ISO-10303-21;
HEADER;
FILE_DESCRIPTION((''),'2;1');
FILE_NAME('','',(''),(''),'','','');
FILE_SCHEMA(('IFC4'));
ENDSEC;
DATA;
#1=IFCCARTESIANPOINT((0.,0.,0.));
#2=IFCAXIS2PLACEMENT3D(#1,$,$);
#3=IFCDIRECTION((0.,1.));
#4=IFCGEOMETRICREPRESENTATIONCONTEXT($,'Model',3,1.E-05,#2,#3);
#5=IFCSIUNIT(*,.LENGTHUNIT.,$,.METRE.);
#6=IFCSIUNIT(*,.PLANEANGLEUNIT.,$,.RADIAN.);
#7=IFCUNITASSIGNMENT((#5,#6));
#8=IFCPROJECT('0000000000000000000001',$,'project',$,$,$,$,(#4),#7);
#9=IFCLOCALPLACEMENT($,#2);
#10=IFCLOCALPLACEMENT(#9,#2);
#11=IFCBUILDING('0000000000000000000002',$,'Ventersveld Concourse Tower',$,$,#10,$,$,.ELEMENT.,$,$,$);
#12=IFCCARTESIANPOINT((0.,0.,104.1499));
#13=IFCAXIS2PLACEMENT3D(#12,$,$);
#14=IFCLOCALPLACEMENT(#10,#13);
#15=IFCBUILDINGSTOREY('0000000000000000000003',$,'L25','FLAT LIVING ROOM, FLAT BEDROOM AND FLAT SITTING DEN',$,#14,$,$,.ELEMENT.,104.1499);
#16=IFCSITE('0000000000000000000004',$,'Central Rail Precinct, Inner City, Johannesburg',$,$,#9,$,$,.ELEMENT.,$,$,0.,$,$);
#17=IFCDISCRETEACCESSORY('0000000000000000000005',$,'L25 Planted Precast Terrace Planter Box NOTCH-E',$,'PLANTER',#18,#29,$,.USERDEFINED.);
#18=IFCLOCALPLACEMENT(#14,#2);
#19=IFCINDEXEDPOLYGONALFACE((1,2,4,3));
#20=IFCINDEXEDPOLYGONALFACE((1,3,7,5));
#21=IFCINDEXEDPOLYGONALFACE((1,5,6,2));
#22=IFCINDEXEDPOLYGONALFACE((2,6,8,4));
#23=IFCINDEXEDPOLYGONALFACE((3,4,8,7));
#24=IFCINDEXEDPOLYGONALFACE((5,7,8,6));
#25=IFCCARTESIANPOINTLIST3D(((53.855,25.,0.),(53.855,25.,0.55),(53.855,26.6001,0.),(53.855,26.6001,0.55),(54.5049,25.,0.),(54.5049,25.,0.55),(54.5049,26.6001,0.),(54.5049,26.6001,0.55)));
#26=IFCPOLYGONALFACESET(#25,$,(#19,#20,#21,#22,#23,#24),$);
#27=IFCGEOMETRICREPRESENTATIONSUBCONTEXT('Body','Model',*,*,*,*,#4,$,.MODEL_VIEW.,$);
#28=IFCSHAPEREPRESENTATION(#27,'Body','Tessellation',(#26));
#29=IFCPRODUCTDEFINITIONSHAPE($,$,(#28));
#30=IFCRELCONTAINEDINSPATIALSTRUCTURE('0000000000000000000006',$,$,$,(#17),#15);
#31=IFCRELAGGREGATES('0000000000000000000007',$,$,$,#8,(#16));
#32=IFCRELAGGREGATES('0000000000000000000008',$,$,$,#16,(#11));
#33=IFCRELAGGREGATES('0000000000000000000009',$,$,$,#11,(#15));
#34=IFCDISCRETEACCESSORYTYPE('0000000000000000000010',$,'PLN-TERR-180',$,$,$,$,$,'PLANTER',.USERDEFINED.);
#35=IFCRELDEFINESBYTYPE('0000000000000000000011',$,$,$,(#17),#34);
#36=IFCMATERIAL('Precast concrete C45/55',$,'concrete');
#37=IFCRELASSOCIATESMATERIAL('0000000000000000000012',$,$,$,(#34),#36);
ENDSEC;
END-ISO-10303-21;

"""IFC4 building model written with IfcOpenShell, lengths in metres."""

from ifc_helpers import new_model, si_unit, direction, frame, origin, origin_2d, place, context, subcontext, project, spatial, rectangle, extrude, material, type_object, element, save


model = new_model("IFC4")

# Units and contexts
model_context = context("Model", 3, precision=1e-05, world=origin(), true_north=direction((0.0, 1.0)))
body_context = subcontext(model_context, "Body", "Model", "MODEL_VIEW")
ifc_project = project(units=[si_unit("LENGTHUNIT", "METRE"), si_unit("PLANEANGLEUNIT", "RADIAN")], contexts=[model_context])

# Site, building, storey
site_placement = place(None, origin())
site = spatial("IfcSite", under=ifc_project, at=site_placement, Name="Central Rail Precinct, Inner City, Johannesburg", CompositionType="ELEMENT", RefElevation=0.0)
building_placement = place(site_placement, origin())
building = spatial("IfcBuilding", under=site, at=building_placement, Name="Ventersveld Concourse Tower", CompositionType="ELEMENT")
storey_placement = place(building_placement, frame((0.0, 0.0, 104.1499)))
storey = spatial("IfcBuildingStorey", under=building, at=storey_placement, Name="L25", Description="FLAT LIVING ROOM, FLAT BEDROOM AND FLAT SITTING DEN", CompositionType="ELEMENT", Elevation=104.1499)

# Shared definitions
ifc_material_1 = material(Name="Precast concrete C45/55", Category="concrete")

# Discrete accessory
discrete_accessory_type = type_object("IfcDiscreteAccessoryType", Name="PLN-TERR-180", ElementType="PLANTER", PredefinedType="USERDEFINED", material=ifc_material_1)
discrete_accessory_placement = place(storey_placement, frame((54.1799, 25.8, 0.0), z_axis=(0.0, 0.0, 1.0), x_axis=(0.0, 1.0, 0.0)))
element("IfcDiscreteAccessory", 1, at=discrete_accessory_placement, inside=storey, type_object=discrete_accessory_type, Name="L25 Planted Precast Terrace Planter Box NOTCH-E", ObjectType="PLANTER", PredefinedType="USERDEFINED", context=body_context, shape_type="SweptSolid", body=[
    extrude(rectangle(XDim=1.6001, YDim=0.6499, at=origin_2d()), origin(), (0.0, 0.0, 1.0), 0.55),
])

save(model, "model.ifc")
